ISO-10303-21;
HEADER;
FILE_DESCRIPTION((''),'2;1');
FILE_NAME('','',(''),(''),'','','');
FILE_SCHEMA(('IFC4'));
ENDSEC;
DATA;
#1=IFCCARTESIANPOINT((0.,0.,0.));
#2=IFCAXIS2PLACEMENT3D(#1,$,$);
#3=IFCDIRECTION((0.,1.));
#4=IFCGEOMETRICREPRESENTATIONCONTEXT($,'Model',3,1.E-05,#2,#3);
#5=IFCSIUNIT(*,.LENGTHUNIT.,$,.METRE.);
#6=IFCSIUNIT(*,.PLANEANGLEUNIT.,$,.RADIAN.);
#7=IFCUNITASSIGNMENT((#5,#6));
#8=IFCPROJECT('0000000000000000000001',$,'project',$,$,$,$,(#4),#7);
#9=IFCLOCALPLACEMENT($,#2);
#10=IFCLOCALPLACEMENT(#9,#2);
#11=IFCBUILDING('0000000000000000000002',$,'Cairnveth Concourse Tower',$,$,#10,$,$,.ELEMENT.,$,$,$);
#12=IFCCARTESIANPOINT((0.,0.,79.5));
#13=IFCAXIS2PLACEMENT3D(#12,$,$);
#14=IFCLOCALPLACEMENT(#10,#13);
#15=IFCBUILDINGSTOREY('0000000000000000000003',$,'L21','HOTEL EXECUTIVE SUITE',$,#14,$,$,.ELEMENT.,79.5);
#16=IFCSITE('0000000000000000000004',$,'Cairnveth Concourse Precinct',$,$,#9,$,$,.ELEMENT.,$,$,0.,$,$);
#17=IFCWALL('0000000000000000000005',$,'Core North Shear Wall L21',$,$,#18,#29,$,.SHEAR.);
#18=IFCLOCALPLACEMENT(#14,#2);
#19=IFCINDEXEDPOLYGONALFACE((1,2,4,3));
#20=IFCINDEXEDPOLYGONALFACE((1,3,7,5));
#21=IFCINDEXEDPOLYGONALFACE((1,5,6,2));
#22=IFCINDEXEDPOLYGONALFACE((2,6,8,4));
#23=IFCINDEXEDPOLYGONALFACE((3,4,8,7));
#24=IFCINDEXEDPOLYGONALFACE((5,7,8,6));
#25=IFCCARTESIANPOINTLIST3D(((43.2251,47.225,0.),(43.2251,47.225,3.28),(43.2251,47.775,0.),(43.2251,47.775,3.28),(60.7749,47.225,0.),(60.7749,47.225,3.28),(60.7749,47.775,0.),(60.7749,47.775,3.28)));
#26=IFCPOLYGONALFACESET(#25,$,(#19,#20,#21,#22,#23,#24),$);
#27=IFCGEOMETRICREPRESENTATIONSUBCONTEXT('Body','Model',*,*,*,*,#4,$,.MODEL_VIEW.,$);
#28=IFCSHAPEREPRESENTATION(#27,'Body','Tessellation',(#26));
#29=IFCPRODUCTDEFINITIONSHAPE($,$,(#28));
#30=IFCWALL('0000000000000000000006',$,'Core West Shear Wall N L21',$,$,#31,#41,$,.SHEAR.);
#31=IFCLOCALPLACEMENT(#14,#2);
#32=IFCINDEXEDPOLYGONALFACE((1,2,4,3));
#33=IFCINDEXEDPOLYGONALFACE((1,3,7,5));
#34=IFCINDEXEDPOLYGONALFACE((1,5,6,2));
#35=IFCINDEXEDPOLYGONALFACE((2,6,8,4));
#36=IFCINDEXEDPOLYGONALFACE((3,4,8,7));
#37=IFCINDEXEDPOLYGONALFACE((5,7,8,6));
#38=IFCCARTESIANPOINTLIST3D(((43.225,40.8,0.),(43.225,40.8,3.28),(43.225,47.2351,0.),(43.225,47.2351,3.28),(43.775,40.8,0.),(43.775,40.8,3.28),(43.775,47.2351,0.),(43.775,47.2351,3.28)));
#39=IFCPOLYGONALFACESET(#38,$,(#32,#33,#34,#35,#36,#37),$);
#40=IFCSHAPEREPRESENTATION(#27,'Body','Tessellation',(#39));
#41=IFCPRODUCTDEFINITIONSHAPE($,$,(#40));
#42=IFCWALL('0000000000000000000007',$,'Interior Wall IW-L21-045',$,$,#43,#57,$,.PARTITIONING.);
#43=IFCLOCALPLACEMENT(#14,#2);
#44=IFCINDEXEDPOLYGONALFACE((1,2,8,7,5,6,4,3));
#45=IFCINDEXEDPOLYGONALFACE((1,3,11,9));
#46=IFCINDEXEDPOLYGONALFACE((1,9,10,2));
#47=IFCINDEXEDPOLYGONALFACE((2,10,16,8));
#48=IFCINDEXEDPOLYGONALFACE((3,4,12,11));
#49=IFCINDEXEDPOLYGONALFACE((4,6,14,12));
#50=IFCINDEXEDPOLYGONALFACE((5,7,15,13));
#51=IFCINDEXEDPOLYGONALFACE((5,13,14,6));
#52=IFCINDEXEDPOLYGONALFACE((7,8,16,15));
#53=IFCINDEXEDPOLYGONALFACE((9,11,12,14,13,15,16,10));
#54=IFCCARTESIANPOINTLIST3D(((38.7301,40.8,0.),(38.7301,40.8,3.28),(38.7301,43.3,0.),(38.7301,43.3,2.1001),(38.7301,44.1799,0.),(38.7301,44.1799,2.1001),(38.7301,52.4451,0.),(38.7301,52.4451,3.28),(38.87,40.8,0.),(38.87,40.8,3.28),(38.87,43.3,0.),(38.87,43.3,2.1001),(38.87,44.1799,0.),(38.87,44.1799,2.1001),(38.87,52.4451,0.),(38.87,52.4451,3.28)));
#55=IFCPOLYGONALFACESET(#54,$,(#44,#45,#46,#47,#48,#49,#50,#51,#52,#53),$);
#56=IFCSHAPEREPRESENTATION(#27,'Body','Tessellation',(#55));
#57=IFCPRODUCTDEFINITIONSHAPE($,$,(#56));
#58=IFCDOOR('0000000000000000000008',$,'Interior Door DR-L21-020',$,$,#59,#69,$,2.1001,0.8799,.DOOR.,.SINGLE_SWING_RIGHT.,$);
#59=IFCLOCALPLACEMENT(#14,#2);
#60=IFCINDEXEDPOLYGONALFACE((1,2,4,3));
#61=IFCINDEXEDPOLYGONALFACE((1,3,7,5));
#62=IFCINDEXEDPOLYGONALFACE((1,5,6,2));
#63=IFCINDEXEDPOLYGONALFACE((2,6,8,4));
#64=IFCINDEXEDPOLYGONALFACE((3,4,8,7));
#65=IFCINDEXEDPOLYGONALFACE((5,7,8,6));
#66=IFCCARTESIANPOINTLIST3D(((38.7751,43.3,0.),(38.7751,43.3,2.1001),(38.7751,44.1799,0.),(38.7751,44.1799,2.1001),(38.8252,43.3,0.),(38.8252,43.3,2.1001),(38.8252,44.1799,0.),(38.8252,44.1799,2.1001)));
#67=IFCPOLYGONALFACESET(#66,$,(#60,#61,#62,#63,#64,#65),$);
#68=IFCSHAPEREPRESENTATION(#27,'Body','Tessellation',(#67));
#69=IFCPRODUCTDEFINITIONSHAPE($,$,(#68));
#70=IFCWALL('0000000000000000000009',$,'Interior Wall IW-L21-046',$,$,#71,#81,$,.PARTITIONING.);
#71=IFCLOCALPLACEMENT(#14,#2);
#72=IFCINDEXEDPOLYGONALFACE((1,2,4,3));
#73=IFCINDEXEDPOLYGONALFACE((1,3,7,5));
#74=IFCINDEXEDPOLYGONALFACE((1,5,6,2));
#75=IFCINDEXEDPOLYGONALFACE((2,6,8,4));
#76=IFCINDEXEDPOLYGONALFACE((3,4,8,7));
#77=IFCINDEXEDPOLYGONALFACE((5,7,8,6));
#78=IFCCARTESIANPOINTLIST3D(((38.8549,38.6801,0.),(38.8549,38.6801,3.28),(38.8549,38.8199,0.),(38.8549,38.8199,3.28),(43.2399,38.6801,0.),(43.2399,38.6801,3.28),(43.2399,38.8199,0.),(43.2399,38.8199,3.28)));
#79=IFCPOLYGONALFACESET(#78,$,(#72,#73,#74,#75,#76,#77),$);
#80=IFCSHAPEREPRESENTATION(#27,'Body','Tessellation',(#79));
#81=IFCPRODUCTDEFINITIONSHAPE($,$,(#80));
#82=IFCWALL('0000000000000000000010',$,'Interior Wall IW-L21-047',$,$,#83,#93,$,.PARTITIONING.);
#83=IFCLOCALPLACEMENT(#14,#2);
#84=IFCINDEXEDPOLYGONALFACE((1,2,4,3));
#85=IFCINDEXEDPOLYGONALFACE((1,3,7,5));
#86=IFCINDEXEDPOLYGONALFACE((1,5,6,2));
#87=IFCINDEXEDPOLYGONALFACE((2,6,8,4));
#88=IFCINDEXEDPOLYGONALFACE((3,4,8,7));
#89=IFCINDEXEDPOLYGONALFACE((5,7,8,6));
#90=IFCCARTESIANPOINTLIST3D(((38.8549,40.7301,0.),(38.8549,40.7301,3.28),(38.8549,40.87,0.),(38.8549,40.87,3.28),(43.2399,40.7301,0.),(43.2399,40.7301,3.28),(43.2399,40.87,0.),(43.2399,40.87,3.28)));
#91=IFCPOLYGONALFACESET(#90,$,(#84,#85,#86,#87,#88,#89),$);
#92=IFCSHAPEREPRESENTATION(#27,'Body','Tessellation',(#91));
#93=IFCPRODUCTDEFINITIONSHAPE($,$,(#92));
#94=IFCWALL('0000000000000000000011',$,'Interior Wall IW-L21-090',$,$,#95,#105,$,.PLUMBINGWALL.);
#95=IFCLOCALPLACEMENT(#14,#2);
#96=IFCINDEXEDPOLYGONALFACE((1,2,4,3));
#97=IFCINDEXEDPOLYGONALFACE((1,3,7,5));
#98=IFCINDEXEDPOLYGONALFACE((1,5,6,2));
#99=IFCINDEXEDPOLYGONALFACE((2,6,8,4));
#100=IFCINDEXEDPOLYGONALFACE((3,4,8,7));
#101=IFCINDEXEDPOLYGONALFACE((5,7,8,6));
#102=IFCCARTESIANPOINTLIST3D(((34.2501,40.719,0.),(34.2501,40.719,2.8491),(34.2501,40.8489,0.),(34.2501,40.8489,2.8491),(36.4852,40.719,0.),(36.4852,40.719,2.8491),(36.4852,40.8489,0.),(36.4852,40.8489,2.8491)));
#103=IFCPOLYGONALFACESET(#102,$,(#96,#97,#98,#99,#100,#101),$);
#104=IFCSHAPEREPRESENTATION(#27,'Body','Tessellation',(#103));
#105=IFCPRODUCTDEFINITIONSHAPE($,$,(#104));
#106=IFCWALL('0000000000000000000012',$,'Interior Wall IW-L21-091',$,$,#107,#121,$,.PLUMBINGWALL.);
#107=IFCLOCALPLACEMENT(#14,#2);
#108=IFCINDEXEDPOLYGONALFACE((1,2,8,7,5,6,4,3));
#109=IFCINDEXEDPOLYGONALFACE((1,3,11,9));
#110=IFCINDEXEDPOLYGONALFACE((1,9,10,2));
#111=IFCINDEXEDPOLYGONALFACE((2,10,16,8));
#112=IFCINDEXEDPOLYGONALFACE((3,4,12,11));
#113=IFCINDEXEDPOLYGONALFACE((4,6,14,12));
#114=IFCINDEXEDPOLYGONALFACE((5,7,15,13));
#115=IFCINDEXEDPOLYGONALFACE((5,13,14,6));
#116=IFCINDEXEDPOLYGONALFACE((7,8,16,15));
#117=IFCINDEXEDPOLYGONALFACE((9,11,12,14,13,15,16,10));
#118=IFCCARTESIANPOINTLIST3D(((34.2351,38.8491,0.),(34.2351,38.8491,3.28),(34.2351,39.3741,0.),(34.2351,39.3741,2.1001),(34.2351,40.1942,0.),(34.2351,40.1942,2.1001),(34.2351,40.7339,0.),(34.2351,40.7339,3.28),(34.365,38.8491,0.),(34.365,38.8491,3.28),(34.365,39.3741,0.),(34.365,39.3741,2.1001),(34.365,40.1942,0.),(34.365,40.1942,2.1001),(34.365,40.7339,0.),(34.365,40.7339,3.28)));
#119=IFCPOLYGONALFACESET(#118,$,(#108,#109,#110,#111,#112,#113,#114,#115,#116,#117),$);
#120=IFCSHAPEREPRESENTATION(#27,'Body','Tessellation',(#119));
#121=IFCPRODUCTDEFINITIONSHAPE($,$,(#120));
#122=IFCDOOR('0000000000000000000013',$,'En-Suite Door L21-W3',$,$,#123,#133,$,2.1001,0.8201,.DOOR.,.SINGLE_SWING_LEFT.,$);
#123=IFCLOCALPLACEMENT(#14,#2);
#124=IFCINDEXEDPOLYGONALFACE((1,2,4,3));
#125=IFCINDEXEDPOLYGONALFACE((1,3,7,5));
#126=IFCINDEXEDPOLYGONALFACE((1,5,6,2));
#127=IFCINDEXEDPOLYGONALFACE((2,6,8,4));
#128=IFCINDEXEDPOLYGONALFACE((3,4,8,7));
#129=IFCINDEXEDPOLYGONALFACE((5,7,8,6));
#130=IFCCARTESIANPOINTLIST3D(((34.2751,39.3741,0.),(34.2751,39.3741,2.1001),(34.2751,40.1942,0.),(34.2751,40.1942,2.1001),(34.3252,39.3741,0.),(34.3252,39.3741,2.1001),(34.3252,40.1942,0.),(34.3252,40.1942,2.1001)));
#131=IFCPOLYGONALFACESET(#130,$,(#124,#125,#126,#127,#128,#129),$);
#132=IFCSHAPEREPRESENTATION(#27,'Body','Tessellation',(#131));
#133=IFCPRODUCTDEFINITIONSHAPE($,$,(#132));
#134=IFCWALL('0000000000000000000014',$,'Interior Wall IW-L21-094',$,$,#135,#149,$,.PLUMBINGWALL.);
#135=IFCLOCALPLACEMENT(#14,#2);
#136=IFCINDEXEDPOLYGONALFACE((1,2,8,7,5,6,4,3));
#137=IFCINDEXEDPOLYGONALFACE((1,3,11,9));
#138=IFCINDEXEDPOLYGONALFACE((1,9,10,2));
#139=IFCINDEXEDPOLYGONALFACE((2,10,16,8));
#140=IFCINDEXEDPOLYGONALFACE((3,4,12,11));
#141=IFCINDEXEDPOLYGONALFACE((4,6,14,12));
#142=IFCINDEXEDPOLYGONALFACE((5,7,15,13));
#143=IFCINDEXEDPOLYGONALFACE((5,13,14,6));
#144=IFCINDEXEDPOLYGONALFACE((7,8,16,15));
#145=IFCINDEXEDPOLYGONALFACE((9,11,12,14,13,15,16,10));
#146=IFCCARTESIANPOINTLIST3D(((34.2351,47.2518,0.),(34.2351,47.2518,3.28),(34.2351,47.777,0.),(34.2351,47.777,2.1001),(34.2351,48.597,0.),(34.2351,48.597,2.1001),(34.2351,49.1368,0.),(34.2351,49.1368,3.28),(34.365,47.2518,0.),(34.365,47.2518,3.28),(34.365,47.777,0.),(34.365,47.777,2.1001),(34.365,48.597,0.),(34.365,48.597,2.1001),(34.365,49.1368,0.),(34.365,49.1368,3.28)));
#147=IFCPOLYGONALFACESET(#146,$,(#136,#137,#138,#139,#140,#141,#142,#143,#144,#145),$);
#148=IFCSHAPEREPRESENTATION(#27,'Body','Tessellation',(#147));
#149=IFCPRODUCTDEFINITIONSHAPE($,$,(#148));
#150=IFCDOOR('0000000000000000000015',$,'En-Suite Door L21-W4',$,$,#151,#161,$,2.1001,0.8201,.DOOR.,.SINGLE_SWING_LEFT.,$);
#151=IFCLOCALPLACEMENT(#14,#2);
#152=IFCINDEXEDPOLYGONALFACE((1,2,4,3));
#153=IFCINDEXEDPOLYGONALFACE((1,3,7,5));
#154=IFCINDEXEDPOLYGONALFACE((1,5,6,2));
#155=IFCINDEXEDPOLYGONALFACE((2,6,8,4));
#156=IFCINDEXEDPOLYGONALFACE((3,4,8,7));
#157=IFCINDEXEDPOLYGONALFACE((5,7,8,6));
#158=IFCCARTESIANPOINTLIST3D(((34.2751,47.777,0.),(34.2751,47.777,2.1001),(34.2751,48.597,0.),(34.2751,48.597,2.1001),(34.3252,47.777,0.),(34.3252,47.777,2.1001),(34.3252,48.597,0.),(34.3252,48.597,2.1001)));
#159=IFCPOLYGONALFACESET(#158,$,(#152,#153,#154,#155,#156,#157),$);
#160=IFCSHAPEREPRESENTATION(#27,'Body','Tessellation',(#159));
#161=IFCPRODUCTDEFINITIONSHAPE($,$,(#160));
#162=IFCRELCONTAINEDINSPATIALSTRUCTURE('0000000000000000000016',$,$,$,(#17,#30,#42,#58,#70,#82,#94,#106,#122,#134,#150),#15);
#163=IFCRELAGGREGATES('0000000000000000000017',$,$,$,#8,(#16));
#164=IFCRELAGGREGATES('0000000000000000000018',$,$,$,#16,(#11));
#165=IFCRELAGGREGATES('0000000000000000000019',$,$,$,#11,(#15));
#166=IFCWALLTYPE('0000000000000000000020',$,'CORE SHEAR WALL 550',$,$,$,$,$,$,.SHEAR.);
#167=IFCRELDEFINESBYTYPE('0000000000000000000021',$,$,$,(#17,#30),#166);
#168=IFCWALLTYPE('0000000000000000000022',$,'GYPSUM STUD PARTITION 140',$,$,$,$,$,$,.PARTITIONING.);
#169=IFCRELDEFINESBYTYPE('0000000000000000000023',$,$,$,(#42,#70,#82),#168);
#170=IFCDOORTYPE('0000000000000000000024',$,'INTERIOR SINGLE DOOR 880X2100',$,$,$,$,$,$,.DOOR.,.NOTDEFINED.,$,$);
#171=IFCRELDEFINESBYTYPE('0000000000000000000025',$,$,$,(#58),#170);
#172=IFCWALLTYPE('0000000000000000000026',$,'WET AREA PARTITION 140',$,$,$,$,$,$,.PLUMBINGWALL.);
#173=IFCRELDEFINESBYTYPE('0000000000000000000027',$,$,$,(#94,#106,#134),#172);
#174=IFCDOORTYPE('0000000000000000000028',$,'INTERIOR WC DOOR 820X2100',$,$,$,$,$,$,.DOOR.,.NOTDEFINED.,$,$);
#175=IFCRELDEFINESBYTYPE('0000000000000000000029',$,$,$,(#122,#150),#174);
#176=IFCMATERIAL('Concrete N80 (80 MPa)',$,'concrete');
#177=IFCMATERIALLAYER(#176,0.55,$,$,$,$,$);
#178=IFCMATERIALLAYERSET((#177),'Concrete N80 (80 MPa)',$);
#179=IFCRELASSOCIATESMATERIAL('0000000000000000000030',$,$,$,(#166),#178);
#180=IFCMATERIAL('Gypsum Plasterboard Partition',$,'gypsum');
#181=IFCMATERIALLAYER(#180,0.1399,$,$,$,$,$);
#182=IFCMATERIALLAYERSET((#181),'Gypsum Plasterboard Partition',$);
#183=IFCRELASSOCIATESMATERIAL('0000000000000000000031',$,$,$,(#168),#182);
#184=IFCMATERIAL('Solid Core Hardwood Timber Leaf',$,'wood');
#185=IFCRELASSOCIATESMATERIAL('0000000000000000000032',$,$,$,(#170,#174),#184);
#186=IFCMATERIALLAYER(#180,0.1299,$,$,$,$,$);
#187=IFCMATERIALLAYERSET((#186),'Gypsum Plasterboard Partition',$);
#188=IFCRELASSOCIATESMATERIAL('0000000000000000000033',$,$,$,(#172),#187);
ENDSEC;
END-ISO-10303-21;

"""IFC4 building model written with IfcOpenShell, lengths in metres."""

from ifc_helpers import new_model, si_unit, direction, frame, frame_2d, origin, place, context, subcontext, project, spatial, rectangle, extrude, material, layer, layer_set, type_object, element, fill, save


model = new_model("IFC4")

# Units and contexts
model_context = context("Model", 3, precision=1e-05, world=origin(), true_north=direction((0.0, 1.0)))
body_context = subcontext(model_context, "Body", "Model", "MODEL_VIEW")
ifc_project = project(units=[si_unit("LENGTHUNIT", "METRE"), si_unit("PLANEANGLEUNIT", "RADIAN")], contexts=[model_context])

# Site, building, storey
site_placement = place(None, origin())
site = spatial("IfcSite", under=ifc_project, at=site_placement, Name="Cairnveth Concourse Precinct", CompositionType="ELEMENT", RefElevation=0.0)
building_placement = place(site_placement, origin())
building = spatial("IfcBuilding", under=site, at=building_placement, Name="Cairnveth Concourse Tower", CompositionType="ELEMENT")
storey_placement = place(building_placement, frame((0.0, 0.0, 79.5)))
storey = spatial("IfcBuildingStorey", under=building, at=storey_placement, Name="L21", Description="HOTEL EXECUTIVE SUITE", CompositionType="ELEMENT", Elevation=79.5)

# Shared definitions
ifc_material_1 = material(Name="Concrete N80 (80 MPa)", Category="concrete")

# Walls
ifc_material_2 = material(Name="Gypsum Plasterboard Partition", Category="gypsum")
ifc_layer_1 = layer(ifc_material_1, 0.55)
ifc_layer_set_1 = layer_set([ifc_layer_1], Name="Concrete N80 (80 MPa)")
wall_type_1 = type_object("IfcWallType", Name="CORE SHEAR WALL 550", PredefinedType="SHEAR", material=ifc_layer_set_1)
wall_1_placement = place(storey_placement, frame((43.2251, 47.5, 0.0), z_axis=(0.0, 0.0, 1.0), x_axis=(1.0, 0.0, 0.0)))
element("IfcWall", 1, at=wall_1_placement, inside=storey, type_object=wall_type_1, Name="Core North Shear Wall L21", PredefinedType="SHEAR", context=body_context, shape_type="SweptSolid", body=[
    extrude(rectangle(XDim=17.5498, YDim=0.55, at=frame_2d((8.7749, 0.0))), origin(), (0.0, 0.0, 1.0), 3.28),
])
wall_2_placement = place(storey_placement, frame((43.5, 40.8, 0.0), z_axis=(0.0, 0.0, 1.0), x_axis=(0.0, 1.0, 0.0)))
element("IfcWall", 2, at=wall_2_placement, inside=storey, type_object=wall_type_1, Name="Core West Shear Wall N L21", PredefinedType="SHEAR", context=body_context, shape_type="SweptSolid", body=[
    extrude(rectangle(XDim=6.4351, YDim=0.55, at=frame_2d((3.2175, 0.0))), origin(), (0.0, 0.0, 1.0), 3.28),
])

# Wall, opening, door
ifc_layer_2 = layer(ifc_material_2, 0.1399)
ifc_layer_set_2 = layer_set([ifc_layer_2], Name="Gypsum Plasterboard Partition")
wall_type_2 = type_object("IfcWallType", Name="GYPSUM STUD PARTITION 140", PredefinedType="PARTITIONING", material=ifc_layer_set_2)
wall_3_placement = place(storey_placement, frame((38.8, 40.8, 0.0), z_axis=(0.0, 0.0, 1.0), x_axis=(0.0, 1.0, 0.0)))
wall_3 = element("IfcWall", 3, at=wall_3_placement, inside=storey, type_object=wall_type_2, Name="Interior Wall IW-L21-045", PredefinedType="PARTITIONING", context=body_context, shape_type="SweptSolid", body=[
    extrude(rectangle(XDim=11.645, YDim=0.1399, at=frame_2d((5.8225, 0.0))), origin(), (0.0, 0.0, 1.0), 3.28),
])
opening_1_placement = place(wall_3_placement, frame((2.5, 0.0, 0.0)))
opening_1 = element("IfcOpeningElement", 4, at=opening_1_placement, cuts=wall_3, PredefinedType="OPENING", context=body_context, shape_type="SweptSolid", body=[
    extrude(rectangle(XDim=0.8799, YDim=2.1001, at=frame_2d((0.4399, 1.05))), frame((0.0, 0.0798, 0.0), z_axis=(0.0, -1.0, 0.0), x_axis=(1.0, 0.0, 0.0)), (0.0, 0.0, 1.0), 0.1599),
])
ifc_material_3 = material(Name="Solid Core Hardwood Timber Leaf", Category="wood")
door_type_1 = type_object("IfcDoorType", Name="INTERIOR SINGLE DOOR 880X2100", OperationType="NOTDEFINED", PredefinedType="DOOR", material=ifc_material_3)
door_1_placement = place(opening_1_placement, origin())
door_1 = element("IfcDoor", 5, at=door_1_placement, inside=storey, type_object=door_type_1, Name="Interior Door DR-L21-020", OperationType="SINGLE_SWING_RIGHT", OverallHeight=2.1001, OverallWidth=0.8799, PredefinedType="DOOR", context=body_context, shape_type="SweptSolid", body=[
    extrude(rectangle(XDim=0.8799, YDim=2.1001, at=frame_2d((0.4399, 1.05))), frame((0.0, 0.0249, 0.0), z_axis=(0.0, -1.0, 0.0), x_axis=(1.0, 0.0, 0.0)), (0.0, 0.0, 1.0), 0.05),
])
fill(opening_1, door_1)

# Walls
for number, where, z_axis, x_axis, name in (
    (6, (38.855, 38.75, 0.0), (0.0, 0.0, 1.0), (1.0, 0.0, 0.0), "Interior Wall IW-L21-046"),
    (7, (38.855, 40.8, 0.0), (0.0, 0.0, 1.0), (1.0, 0.0, 0.0), "Interior Wall IW-L21-047"),
):
    element("IfcWall", number, at=place(storey_placement, frame(where, z_axis=z_axis, x_axis=x_axis)), inside=storey, type_object=wall_type_2, Name=name, PredefinedType="PARTITIONING", context=body_context, shape_type="SweptSolid", body=[
        extrude(rectangle(XDim=4.385, YDim=0.1399, at=frame_2d((2.1924, 0.0))), origin(), (0.0, 0.0, 1.0), 3.28),
    ])
ifc_layer_3 = layer(ifc_material_2, 0.1299)
ifc_layer_set_3 = layer_set([ifc_layer_3], Name="Gypsum Plasterboard Partition")
wall_type_3 = type_object("IfcWallType", Name="WET AREA PARTITION 140", PredefinedType="PLUMBINGWALL", material=ifc_layer_set_3)
wall_4_placement = place(storey_placement, frame((34.25, 40.7839, 0.0), z_axis=(0.0, 0.0, 1.0), x_axis=(1.0, 0.0, 0.0)))
element("IfcWall", 8, at=wall_4_placement, inside=storey, type_object=wall_type_3, Name="Interior Wall IW-L21-090", PredefinedType="PLUMBINGWALL", context=body_context, shape_type="SweptSolid", body=[
    extrude(rectangle(XDim=2.2351, YDim=0.1299, at=frame_2d((1.1177, 0.0))), origin(), (0.0, 0.0, 1.0), 2.8491),
])

# Walls, openings, doors
wall_5_placement = place(storey_placement, frame((34.3, 38.8491, 0.0), z_axis=(0.0, 0.0, 1.0), x_axis=(0.0, 1.0, 0.0)))
wall_5 = element("IfcWall", 9, at=wall_5_placement, inside=storey, type_object=wall_type_3, Name="Interior Wall IW-L21-091", PredefinedType="PLUMBINGWALL", context=body_context, shape_type="SweptSolid", body=[
    extrude(rectangle(XDim=1.8848, YDim=0.1299, at=frame_2d((0.9424, 0.0))), origin(), (0.0, 0.0, 1.0), 3.28),
])
opening_2_placement = place(wall_5_placement, frame((0.5249, 0.0, 0.0)))
opening_2 = element("IfcOpeningElement", 10, at=opening_2_placement, cuts=wall_5, PredefinedType="OPENING", context=body_context, shape_type="SweptSolid", body=[
    extrude(rectangle(XDim=0.8201, YDim=2.1001, at=frame_2d((0.4102, 1.05))), frame((0.0, 0.075, 0.0), z_axis=(0.0, -1.0, 0.0), x_axis=(1.0, 0.0, 0.0)), (0.0, 0.0, 1.0), 0.1499),
])
door_type_2 = type_object("IfcDoorType", Name="INTERIOR WC DOOR 820X2100", OperationType="NOTDEFINED", PredefinedType="DOOR", material=ifc_material_3)
door_2_placement = place(opening_2_placement, origin())
door_2 = element("IfcDoor", 11, at=door_2_placement, inside=storey, type_object=door_type_2, Name="En-Suite Door L21-W3", OperationType="SINGLE_SWING_LEFT", OverallHeight=2.1001, OverallWidth=0.8201, PredefinedType="DOOR", context=body_context, shape_type="SweptSolid", body=[
    extrude(rectangle(XDim=0.8201, YDim=2.1001, at=frame_2d((0.4102, 1.05))), frame((0.0, 0.0249, 0.0), z_axis=(0.0, -1.0, 0.0), x_axis=(1.0, 0.0, 0.0)), (0.0, 0.0, 1.0), 0.05),
])
fill(opening_2, door_2)
wall_6_placement = place(storey_placement, frame((34.3, 47.252, 0.0), z_axis=(0.0, 0.0, 1.0), x_axis=(0.0, 1.0, 0.0)))
wall_6 = element("IfcWall", 12, at=wall_6_placement, inside=storey, type_object=wall_type_3, Name="Interior Wall IW-L21-094", PredefinedType="PLUMBINGWALL", context=body_context, shape_type="SweptSolid", body=[
    extrude(rectangle(XDim=1.885, YDim=0.1299, at=frame_2d((0.9424, 0.0))), origin(), (0.0, 0.0, 1.0), 3.28),
])
opening_3_placement = place(wall_6_placement, frame((0.5249, 0.0, 0.0)))
opening_3 = element("IfcOpeningElement", 13, at=opening_3_placement, cuts=wall_6, PredefinedType="OPENING", context=body_context, shape_type="SweptSolid", body=[
    extrude(rectangle(XDim=0.8201, YDim=2.1001, at=frame_2d((0.4102, 1.05))), frame((0.0, 0.075, 0.0), z_axis=(0.0, -1.0, 0.0), x_axis=(1.0, 0.0, 0.0)), (0.0, 0.0, 1.0), 0.1499),
])
door_3_placement = place(opening_3_placement, origin())
door_3 = element("IfcDoor", 14, at=door_3_placement, inside=storey, type_object=door_type_2, Name="En-Suite Door L21-W4", OperationType="SINGLE_SWING_LEFT", OverallHeight=2.1001, OverallWidth=0.8201, PredefinedType="DOOR", context=body_context, shape_type="SweptSolid", body=[
    extrude(rectangle(XDim=0.8201, YDim=2.1001, at=frame_2d((0.4102, 1.05))), frame((0.0, 0.0249, 0.0), z_axis=(0.0, -1.0, 0.0), x_axis=(1.0, 0.0, 0.0)), (0.0, 0.0, 1.0), 0.05),
])
fill(opening_3, door_3)

save(model, "model.ifc")
